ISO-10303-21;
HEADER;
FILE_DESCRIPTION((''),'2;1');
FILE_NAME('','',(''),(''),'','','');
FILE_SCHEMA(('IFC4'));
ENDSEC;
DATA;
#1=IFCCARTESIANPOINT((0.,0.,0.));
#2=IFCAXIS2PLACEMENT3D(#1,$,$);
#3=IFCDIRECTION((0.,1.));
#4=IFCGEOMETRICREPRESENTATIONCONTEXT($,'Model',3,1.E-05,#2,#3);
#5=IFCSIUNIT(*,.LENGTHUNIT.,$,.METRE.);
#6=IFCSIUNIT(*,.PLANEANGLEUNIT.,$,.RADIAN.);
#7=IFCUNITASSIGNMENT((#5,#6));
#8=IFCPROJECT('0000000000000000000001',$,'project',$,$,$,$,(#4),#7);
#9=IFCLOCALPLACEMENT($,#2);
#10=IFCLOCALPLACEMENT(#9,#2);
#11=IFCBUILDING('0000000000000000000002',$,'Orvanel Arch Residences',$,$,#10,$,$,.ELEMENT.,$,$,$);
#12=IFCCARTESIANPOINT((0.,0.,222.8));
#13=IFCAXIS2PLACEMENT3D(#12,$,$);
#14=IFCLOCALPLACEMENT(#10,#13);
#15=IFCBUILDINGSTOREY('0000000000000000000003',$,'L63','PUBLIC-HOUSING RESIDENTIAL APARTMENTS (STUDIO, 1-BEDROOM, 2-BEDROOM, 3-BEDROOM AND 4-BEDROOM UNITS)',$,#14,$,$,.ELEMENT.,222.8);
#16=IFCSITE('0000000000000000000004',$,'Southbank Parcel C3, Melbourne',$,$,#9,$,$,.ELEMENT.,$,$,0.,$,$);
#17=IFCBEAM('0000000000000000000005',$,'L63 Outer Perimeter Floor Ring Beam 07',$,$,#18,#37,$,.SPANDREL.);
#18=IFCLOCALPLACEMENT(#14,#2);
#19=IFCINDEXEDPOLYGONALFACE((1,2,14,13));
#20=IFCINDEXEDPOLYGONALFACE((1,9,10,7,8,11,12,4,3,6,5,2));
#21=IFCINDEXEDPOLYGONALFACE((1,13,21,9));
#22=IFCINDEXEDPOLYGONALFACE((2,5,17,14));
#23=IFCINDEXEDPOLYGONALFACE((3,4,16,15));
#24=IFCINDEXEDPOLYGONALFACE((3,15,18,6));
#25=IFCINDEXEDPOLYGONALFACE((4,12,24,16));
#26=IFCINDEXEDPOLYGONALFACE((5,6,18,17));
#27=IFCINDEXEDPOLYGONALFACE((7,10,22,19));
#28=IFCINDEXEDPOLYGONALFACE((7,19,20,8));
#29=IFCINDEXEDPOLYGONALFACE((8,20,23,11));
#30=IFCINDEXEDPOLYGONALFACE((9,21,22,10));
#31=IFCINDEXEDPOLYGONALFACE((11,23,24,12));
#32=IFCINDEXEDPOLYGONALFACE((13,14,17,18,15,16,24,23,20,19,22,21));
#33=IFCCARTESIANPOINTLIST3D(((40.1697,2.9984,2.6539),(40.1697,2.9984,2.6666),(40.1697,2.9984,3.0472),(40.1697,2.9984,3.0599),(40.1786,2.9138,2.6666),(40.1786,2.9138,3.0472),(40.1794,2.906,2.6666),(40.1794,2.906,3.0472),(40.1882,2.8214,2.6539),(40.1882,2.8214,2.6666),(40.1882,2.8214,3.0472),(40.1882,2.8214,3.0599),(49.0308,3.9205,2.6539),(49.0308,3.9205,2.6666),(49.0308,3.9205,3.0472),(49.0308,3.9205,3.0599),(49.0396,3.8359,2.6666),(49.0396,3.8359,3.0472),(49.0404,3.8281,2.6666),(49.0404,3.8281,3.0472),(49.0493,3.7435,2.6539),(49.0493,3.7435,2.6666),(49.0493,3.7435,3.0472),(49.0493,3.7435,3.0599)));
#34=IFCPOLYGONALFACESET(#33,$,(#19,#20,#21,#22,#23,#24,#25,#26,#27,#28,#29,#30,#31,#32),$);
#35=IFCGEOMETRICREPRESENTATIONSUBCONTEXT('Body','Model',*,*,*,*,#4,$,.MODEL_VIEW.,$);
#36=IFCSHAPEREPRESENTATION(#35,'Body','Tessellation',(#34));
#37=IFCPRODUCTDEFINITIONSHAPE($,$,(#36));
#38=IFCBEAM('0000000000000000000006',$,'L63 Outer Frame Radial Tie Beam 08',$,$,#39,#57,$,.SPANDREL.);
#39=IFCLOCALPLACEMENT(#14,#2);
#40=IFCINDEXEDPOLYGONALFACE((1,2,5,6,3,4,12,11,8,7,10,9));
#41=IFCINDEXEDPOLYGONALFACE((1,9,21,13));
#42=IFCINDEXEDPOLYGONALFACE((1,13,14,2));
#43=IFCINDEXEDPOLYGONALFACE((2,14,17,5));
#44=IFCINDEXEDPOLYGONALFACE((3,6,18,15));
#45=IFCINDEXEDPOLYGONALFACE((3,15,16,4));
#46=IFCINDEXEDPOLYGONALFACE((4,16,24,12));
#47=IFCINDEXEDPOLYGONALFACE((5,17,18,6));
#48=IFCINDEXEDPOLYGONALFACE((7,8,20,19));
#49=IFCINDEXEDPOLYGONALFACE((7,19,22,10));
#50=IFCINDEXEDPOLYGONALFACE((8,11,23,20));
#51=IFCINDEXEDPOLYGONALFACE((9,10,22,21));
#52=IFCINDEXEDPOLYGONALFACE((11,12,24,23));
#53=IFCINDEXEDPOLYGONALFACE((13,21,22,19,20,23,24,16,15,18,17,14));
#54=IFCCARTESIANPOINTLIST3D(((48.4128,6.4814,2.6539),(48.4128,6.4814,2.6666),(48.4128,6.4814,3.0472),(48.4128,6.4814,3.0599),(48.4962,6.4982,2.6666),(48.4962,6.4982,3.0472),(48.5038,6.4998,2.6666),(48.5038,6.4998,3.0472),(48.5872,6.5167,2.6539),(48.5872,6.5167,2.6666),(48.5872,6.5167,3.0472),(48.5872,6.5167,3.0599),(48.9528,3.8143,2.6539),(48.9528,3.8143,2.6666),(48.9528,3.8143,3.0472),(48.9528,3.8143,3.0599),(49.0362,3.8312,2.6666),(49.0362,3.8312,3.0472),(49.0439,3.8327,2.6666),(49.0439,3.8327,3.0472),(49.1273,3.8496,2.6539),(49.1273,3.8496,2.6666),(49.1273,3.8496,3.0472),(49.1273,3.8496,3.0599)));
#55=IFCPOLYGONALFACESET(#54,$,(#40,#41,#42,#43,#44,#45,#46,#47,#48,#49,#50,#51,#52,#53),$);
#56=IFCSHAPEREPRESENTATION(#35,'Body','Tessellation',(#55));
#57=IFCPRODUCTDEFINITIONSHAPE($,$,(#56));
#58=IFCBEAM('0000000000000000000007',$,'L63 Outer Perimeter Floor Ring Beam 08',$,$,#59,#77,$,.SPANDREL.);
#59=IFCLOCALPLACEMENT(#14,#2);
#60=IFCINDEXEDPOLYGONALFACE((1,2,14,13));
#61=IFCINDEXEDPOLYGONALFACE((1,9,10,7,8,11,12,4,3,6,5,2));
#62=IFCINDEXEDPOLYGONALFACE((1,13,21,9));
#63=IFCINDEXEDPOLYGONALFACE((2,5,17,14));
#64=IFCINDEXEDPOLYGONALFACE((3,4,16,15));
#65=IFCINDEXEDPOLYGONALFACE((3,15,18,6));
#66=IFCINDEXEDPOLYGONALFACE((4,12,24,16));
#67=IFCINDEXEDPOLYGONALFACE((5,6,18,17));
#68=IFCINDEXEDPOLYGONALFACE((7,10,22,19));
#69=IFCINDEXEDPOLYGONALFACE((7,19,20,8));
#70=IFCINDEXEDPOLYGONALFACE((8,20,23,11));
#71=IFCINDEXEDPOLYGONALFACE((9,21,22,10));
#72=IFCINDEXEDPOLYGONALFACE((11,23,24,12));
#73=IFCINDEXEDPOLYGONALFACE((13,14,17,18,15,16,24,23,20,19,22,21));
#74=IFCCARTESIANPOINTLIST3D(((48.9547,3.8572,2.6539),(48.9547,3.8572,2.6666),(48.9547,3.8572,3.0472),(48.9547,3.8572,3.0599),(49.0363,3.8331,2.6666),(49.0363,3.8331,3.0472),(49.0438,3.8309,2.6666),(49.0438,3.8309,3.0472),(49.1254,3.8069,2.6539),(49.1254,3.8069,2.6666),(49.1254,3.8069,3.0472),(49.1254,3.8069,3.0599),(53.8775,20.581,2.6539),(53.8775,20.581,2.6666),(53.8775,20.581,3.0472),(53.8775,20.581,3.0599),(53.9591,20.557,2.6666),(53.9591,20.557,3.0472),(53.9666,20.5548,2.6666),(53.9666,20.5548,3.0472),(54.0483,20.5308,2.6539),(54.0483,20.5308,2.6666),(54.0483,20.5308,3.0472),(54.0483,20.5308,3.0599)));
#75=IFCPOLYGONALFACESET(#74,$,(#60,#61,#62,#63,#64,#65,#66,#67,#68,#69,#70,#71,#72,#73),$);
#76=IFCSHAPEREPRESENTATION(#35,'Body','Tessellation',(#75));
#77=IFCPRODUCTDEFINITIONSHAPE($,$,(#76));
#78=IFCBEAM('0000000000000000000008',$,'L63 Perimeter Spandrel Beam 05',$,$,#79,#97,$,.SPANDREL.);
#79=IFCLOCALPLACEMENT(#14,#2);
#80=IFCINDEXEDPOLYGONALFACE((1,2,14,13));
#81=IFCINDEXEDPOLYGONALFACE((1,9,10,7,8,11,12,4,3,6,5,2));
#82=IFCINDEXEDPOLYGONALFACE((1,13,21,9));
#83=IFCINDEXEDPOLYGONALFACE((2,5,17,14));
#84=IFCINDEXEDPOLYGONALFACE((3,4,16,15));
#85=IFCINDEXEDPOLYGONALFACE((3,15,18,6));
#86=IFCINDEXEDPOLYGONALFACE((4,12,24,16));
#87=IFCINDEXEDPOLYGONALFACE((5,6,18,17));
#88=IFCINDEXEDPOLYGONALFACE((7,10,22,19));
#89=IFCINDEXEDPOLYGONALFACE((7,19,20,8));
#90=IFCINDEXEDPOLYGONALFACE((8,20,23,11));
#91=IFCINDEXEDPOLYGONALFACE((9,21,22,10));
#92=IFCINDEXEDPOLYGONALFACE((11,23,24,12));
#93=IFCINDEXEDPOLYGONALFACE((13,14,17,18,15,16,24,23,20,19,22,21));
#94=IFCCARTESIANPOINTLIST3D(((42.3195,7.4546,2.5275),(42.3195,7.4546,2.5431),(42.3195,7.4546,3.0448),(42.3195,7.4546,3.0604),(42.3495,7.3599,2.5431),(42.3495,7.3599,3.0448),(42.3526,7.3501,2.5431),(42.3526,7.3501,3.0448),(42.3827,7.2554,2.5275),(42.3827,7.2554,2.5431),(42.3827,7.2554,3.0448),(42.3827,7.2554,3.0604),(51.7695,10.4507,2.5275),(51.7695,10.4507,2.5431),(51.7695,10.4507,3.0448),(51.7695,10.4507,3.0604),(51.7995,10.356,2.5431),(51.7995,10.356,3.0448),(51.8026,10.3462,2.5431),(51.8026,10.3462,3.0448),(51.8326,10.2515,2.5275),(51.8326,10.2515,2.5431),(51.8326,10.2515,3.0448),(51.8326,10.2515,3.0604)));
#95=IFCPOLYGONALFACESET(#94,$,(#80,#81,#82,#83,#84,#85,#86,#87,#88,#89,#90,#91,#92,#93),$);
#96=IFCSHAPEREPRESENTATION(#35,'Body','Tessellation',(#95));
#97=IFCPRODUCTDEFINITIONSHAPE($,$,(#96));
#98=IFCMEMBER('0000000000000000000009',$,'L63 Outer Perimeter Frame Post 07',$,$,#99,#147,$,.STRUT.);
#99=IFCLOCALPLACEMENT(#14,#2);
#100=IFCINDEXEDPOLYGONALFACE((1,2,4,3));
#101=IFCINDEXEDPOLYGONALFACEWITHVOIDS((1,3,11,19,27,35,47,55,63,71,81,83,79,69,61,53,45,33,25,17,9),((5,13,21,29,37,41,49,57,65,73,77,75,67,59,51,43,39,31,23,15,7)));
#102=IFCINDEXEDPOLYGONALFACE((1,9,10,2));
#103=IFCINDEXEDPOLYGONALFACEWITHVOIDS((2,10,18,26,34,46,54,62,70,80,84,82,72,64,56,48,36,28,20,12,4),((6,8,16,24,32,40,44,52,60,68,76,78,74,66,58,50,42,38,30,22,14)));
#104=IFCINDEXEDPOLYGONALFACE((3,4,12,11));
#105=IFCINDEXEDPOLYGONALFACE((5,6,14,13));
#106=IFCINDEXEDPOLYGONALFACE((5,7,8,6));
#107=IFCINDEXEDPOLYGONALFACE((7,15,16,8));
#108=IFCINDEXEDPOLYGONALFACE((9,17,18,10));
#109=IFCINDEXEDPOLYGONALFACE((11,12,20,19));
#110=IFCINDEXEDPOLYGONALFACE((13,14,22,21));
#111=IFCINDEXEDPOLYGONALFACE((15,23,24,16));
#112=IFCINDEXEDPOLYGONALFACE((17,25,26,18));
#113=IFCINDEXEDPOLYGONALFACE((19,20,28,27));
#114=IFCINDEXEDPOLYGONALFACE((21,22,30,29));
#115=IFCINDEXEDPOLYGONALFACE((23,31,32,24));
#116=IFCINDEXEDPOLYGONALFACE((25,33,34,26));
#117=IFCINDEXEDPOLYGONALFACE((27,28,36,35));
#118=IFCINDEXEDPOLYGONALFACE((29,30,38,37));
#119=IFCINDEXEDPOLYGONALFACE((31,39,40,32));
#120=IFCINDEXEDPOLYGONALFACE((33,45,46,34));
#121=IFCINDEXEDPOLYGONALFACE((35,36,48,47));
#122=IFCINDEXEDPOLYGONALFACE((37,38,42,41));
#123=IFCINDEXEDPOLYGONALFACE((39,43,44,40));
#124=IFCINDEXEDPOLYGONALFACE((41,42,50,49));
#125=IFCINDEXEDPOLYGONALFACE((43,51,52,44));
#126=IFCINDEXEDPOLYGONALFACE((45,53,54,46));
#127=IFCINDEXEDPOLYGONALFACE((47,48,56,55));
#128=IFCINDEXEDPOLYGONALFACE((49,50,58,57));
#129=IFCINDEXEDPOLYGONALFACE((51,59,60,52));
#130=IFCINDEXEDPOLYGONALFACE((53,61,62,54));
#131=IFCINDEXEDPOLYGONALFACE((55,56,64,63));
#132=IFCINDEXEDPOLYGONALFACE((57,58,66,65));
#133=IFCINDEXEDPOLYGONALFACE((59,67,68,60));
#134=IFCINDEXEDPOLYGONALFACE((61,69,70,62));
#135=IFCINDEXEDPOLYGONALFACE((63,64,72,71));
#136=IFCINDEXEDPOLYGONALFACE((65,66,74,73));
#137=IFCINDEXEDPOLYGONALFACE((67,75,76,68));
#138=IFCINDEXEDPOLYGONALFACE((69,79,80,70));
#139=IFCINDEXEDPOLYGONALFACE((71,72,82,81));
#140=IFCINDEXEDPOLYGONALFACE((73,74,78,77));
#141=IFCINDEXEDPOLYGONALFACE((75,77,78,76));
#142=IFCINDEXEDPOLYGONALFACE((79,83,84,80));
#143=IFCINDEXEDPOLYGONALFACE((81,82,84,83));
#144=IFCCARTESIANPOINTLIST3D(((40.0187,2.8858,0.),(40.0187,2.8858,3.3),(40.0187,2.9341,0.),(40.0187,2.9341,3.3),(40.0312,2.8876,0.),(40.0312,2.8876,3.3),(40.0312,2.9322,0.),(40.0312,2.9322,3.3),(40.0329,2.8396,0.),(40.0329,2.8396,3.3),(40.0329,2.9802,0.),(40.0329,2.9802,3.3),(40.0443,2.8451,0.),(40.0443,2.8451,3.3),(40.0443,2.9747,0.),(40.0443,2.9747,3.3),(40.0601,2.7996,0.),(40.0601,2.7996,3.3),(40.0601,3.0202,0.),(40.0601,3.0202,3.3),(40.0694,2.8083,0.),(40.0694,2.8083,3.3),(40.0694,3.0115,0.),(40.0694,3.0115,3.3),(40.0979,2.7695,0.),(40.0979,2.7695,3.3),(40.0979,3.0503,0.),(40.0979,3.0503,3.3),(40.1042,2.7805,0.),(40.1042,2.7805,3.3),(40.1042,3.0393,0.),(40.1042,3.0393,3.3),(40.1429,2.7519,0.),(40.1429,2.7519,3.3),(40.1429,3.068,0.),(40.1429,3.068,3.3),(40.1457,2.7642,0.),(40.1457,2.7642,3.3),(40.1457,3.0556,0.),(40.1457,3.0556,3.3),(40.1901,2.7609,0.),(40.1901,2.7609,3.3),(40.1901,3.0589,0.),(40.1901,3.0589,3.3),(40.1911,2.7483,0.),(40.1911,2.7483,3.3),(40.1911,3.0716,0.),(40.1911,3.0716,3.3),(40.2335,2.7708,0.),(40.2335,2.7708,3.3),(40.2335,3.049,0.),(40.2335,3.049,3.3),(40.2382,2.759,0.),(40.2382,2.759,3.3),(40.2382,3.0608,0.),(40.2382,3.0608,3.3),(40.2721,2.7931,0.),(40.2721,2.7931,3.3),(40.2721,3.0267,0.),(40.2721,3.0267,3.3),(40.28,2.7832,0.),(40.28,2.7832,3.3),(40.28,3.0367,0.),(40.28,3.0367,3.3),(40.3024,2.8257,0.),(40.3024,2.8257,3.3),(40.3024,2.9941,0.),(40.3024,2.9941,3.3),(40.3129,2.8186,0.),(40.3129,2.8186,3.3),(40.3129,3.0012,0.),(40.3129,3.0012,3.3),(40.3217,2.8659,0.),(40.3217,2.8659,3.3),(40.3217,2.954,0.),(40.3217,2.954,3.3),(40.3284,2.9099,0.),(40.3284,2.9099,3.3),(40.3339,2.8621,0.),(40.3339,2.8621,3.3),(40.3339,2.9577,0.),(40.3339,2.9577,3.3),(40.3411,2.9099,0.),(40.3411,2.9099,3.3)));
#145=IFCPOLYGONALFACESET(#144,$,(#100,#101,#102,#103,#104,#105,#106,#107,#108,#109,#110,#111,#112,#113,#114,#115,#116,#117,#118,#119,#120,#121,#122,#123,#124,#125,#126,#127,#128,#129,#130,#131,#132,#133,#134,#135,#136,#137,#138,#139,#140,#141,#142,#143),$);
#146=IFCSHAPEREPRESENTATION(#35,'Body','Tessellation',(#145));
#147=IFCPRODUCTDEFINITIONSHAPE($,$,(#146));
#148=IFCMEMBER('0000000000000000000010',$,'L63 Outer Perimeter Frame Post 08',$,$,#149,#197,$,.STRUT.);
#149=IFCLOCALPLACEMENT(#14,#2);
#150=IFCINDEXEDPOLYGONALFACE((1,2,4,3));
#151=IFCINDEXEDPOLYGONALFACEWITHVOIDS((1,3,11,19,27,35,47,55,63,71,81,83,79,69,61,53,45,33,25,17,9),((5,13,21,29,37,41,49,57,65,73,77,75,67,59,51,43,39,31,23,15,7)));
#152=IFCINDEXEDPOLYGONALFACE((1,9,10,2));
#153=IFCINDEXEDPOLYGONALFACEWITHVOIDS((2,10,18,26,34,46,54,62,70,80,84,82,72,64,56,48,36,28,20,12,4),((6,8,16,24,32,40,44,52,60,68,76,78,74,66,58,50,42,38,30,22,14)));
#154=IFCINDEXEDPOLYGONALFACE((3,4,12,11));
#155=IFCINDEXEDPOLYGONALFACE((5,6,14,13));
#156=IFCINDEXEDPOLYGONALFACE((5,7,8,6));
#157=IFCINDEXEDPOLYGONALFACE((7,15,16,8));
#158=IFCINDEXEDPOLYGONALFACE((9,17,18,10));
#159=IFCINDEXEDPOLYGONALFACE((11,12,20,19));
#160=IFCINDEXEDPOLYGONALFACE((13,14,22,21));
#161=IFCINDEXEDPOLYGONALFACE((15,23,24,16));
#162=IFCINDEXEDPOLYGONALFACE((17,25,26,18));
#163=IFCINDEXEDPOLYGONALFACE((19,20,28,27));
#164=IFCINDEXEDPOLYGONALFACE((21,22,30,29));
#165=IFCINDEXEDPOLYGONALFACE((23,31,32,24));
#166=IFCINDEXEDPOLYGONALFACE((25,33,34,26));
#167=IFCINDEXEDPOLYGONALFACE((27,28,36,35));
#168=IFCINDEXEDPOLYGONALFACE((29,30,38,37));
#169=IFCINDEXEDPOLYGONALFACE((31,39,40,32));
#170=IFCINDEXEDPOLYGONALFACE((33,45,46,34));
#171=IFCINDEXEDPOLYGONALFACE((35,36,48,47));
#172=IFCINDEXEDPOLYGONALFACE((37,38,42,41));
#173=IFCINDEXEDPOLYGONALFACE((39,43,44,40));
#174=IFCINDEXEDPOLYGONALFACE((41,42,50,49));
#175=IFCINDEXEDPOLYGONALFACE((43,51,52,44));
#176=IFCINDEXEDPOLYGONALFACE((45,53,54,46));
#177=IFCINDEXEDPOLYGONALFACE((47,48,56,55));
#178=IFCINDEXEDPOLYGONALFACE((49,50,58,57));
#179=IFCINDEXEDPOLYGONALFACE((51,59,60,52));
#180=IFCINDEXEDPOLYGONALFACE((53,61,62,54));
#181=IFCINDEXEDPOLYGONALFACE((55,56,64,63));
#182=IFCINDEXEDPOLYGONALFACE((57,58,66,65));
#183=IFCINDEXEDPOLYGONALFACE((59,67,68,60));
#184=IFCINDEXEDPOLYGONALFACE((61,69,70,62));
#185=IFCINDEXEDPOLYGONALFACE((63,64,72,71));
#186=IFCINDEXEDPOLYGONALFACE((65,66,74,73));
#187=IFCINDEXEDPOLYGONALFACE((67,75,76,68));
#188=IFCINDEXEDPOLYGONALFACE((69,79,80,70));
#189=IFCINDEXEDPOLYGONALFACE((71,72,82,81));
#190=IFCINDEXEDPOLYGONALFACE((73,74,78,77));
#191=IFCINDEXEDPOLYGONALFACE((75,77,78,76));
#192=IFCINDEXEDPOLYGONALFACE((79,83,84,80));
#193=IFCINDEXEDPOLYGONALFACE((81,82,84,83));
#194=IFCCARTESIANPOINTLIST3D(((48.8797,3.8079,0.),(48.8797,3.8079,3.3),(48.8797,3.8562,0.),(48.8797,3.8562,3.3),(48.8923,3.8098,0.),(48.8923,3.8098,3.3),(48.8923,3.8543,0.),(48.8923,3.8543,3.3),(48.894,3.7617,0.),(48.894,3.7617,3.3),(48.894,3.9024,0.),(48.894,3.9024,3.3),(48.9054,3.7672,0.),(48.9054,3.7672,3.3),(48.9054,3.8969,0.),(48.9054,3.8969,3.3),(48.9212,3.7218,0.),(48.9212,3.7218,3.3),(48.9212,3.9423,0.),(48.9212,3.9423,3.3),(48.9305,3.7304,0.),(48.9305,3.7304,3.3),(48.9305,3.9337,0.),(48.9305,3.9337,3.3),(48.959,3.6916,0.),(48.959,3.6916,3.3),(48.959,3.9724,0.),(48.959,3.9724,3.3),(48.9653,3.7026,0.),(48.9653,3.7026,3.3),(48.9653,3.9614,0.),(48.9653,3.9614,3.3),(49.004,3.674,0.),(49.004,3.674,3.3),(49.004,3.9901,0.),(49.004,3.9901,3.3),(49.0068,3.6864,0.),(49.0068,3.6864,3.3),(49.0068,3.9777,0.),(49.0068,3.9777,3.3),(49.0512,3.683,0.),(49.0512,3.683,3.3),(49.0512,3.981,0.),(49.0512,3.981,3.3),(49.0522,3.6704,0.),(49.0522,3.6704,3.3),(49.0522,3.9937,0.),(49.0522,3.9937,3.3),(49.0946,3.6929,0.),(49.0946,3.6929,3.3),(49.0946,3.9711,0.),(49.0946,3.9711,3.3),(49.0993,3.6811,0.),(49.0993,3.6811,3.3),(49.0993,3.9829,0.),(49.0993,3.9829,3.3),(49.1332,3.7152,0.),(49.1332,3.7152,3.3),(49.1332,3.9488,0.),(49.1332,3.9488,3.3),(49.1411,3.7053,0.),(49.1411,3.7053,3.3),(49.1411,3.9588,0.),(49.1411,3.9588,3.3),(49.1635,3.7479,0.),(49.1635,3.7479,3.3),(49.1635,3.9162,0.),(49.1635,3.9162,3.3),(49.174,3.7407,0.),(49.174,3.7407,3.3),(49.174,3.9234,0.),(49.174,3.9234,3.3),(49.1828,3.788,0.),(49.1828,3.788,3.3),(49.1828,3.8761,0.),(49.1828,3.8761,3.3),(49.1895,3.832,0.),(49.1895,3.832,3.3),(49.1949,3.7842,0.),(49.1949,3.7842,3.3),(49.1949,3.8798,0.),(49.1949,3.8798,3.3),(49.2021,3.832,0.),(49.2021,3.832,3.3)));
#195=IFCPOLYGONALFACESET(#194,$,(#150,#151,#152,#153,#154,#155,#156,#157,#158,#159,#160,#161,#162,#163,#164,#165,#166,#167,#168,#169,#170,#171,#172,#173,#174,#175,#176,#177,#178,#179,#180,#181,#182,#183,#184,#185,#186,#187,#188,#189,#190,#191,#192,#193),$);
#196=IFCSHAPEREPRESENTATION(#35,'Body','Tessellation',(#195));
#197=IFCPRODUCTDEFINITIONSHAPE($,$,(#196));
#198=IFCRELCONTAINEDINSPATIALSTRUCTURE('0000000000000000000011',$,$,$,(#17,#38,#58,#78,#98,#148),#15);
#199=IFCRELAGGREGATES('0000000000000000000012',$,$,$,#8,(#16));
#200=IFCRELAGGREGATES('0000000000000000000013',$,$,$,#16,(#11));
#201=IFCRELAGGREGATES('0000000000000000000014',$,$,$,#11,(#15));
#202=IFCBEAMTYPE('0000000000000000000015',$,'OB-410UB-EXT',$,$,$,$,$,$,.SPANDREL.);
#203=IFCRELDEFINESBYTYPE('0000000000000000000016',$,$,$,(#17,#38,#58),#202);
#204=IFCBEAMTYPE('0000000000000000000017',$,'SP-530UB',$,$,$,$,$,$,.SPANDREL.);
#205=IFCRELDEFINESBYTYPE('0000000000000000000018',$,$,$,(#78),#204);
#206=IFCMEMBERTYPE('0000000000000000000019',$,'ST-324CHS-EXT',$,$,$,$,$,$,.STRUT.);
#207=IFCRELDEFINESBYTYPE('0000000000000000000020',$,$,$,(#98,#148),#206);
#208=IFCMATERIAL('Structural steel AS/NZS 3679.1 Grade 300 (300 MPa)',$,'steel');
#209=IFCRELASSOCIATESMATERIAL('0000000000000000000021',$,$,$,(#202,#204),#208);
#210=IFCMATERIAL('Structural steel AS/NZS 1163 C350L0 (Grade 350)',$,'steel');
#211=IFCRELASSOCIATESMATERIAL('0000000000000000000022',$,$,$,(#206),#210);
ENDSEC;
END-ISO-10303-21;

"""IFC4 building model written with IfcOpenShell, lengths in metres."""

from ifc_helpers import new_model, si_unit, direction, frame, origin, origin_2d, place, context, subcontext, project, spatial, hollow_circle, i_section, extrude, material, material_profile, profile_set, type_object, element, save


model = new_model("IFC4")

# Units and contexts
model_context = context("Model", 3, precision=1e-05, world=origin(), true_north=direction((0.0, 1.0)))
body_context = subcontext(model_context, "Body", "Model", "MODEL_VIEW")
ifc_project = project(units=[si_unit("LENGTHUNIT", "METRE"), si_unit("PLANEANGLEUNIT", "RADIAN")], contexts=[model_context])

# Site, building, storey
site_placement = place(None, origin())
site = spatial("IfcSite", under=ifc_project, at=site_placement, Name="Southbank Parcel C3, Melbourne", CompositionType="ELEMENT", RefElevation=0.0)
building_placement = place(site_placement, origin())
building = spatial("IfcBuilding", under=site, at=building_placement, Name="Orvanel Arch Residences", CompositionType="ELEMENT")
storey_placement = place(building_placement, frame((0.0, 0.0, 222.8)))
storey = spatial("IfcBuildingStorey", under=building, at=storey_placement, Name="L63", Description="PUBLIC-HOUSING RESIDENTIAL APARTMENTS (STUDIO, 1-BEDROOM, 2-BEDROOM, 3-BEDROOM AND 4-BEDROOM UNITS)", CompositionType="ELEMENT", Elevation=222.8)

# Beams
ifc_material_1 = material(Name="Structural steel AS/NZS 3679.1 Grade 300 (300 MPa)", Category="steel")
ifc_material_profile_1 = material_profile(ifc_material_1, i_section(OverallWidth=0.178, OverallDepth=0.406, WebThickness=0.0078, FlangeThickness=0.0127, at=origin_2d()), Name="410UB59.7")
ifc_profile_set_1 = profile_set([ifc_material_profile_1], Name="Structural steel AS/NZS 3679.1 Grade 300 (300 MPa)")
beam_type_1 = type_object("IfcBeamType", Name="OB-410UB-EXT", PredefinedType="SPANDREL", material=ifc_profile_set_1)
beam_1_placement = place(storey_placement, frame((40.179, 2.9099, 2.8569), z_axis=(0.994629, 0.103505, 0.0), x_axis=(-0.103505, 0.994629, 0.0)))
element("IfcBeam", 1, at=beam_1_placement, inside=storey, type_object=beam_type_1, Name="L63 Outer Perimeter Floor Ring Beam 07", PredefinedType="SPANDREL", context=body_context, shape_type="SweptSolid", body=[
    extrude(i_section(OverallWidth=0.178, OverallDepth=0.406, WebThickness=0.0078, FlangeThickness=0.0127, at=origin_2d()), origin(), (0.0, 0.0, 1.0), 8.9089),
])
beam_2_placement = place(storey_placement, frame((48.5, 6.499, 2.8569), z_axis=(0.198462, -0.980109, 0.0), x_axis=(0.980109, 0.198462, 0.0)))
element("IfcBeam", 2, at=beam_2_placement, inside=storey, type_object=beam_type_1, Name="L63 Outer Frame Radial Tie Beam 08", PredefinedType="SPANDREL", context=body_context, shape_type="SweptSolid", body=[
    extrude(i_section(OverallWidth=0.178, OverallDepth=0.406, WebThickness=0.0078, FlangeThickness=0.0127, at=origin_2d()), origin(), (0.0, 0.0, 1.0), 2.7212),
])
beam_3_placement = place(storey_placement, frame((49.04, 3.832, 2.8569), z_axis=(0.282381, 0.959302, 0.0), x_axis=(-0.959302, 0.282381, 0.0)))
element("IfcBeam", 3, at=beam_3_placement, inside=storey, type_object=beam_type_1, Name="L63 Outer Perimeter Floor Ring Beam 08", PredefinedType="SPANDREL", context=body_context, shape_type="SweptSolid", body=[
    extrude(i_section(OverallWidth=0.178, OverallDepth=0.406, WebThickness=0.0078, FlangeThickness=0.0127, at=origin_2d()), origin(), (0.0, 0.0, 1.0), 17.4333),
])
ifc_material_profile_2 = material_profile(ifc_material_1, i_section(OverallWidth=0.209, OverallDepth=0.533, WebThickness=0.0103, FlangeThickness=0.0156, at=origin_2d()), Name="530UB92.4")
ifc_profile_set_2 = profile_set([ifc_material_profile_2], Name="Structural steel AS/NZS 3679.1 Grade 300 (300 MPa)")
beam_type_2 = type_object("IfcBeamType", Name="SP-530UB", PredefinedType="SPANDREL", material=ifc_profile_set_2)
beam_4_placement = place(storey_placement, frame((42.3511, 7.355, 2.7939), z_axis=(0.953237, 0.302223, 0.0), x_axis=(-0.302223, 0.953237, 0.0)))
element("IfcBeam", 4, at=beam_4_placement, inside=storey, type_object=beam_type_2, Name="L63 Perimeter Spandrel Beam 05", PredefinedType="SPANDREL", context=body_context, shape_type="SweptSolid", body=[
    extrude(i_section(OverallWidth=0.209, OverallDepth=0.533, WebThickness=0.0103, FlangeThickness=0.0156, at=origin_2d()), origin(), (0.0, 0.0, 1.0), 9.9136),
])

# Members
ifc_material_2 = material(Name="Structural steel AS/NZS 1163 C350L0 (Grade 350)", Category="steel")
ifc_material_profile_3 = material_profile(ifc_material_2, hollow_circle(Radius=0.1621, WallThickness=0.0127, at=origin_2d()), Name="CHS324x12.7")
ifc_profile_set_3 = profile_set([ifc_material_profile_3], Name="Structural steel AS/NZS 1163 C350L0 (Grade 350)")
member_type_1 = type_object("IfcMemberType", Name="ST-324CHS-EXT", PredefinedType="STRUT", material=ifc_profile_set_3)
for number, where, z_axis, x_axis, name in (
    (5, (40.179, 2.9099, 0.0), (0.0, 0.0, 1.0), (1.0, 0.0, 0.0), "L63 Outer Perimeter Frame Post 07"),
    (6, (49.04, 3.832, 0.0), (0.0, 0.0, 1.0), (1.0, 0.0, 0.0), "L63 Outer Perimeter Frame Post 08"),
):
    element("IfcMember", number, at=place(storey_placement, frame(where, z_axis=z_axis, x_axis=x_axis)), inside=storey, type_object=member_type_1, Name=name, PredefinedType="STRUT", context=body_context, shape_type="SweptSolid", body=[
        extrude(hollow_circle(Radius=0.1621, WallThickness=0.0127, at=origin_2d()), origin(), (0.0, 0.0, 1.0), 3.3),
    ])

save(model, "model.ifc")
